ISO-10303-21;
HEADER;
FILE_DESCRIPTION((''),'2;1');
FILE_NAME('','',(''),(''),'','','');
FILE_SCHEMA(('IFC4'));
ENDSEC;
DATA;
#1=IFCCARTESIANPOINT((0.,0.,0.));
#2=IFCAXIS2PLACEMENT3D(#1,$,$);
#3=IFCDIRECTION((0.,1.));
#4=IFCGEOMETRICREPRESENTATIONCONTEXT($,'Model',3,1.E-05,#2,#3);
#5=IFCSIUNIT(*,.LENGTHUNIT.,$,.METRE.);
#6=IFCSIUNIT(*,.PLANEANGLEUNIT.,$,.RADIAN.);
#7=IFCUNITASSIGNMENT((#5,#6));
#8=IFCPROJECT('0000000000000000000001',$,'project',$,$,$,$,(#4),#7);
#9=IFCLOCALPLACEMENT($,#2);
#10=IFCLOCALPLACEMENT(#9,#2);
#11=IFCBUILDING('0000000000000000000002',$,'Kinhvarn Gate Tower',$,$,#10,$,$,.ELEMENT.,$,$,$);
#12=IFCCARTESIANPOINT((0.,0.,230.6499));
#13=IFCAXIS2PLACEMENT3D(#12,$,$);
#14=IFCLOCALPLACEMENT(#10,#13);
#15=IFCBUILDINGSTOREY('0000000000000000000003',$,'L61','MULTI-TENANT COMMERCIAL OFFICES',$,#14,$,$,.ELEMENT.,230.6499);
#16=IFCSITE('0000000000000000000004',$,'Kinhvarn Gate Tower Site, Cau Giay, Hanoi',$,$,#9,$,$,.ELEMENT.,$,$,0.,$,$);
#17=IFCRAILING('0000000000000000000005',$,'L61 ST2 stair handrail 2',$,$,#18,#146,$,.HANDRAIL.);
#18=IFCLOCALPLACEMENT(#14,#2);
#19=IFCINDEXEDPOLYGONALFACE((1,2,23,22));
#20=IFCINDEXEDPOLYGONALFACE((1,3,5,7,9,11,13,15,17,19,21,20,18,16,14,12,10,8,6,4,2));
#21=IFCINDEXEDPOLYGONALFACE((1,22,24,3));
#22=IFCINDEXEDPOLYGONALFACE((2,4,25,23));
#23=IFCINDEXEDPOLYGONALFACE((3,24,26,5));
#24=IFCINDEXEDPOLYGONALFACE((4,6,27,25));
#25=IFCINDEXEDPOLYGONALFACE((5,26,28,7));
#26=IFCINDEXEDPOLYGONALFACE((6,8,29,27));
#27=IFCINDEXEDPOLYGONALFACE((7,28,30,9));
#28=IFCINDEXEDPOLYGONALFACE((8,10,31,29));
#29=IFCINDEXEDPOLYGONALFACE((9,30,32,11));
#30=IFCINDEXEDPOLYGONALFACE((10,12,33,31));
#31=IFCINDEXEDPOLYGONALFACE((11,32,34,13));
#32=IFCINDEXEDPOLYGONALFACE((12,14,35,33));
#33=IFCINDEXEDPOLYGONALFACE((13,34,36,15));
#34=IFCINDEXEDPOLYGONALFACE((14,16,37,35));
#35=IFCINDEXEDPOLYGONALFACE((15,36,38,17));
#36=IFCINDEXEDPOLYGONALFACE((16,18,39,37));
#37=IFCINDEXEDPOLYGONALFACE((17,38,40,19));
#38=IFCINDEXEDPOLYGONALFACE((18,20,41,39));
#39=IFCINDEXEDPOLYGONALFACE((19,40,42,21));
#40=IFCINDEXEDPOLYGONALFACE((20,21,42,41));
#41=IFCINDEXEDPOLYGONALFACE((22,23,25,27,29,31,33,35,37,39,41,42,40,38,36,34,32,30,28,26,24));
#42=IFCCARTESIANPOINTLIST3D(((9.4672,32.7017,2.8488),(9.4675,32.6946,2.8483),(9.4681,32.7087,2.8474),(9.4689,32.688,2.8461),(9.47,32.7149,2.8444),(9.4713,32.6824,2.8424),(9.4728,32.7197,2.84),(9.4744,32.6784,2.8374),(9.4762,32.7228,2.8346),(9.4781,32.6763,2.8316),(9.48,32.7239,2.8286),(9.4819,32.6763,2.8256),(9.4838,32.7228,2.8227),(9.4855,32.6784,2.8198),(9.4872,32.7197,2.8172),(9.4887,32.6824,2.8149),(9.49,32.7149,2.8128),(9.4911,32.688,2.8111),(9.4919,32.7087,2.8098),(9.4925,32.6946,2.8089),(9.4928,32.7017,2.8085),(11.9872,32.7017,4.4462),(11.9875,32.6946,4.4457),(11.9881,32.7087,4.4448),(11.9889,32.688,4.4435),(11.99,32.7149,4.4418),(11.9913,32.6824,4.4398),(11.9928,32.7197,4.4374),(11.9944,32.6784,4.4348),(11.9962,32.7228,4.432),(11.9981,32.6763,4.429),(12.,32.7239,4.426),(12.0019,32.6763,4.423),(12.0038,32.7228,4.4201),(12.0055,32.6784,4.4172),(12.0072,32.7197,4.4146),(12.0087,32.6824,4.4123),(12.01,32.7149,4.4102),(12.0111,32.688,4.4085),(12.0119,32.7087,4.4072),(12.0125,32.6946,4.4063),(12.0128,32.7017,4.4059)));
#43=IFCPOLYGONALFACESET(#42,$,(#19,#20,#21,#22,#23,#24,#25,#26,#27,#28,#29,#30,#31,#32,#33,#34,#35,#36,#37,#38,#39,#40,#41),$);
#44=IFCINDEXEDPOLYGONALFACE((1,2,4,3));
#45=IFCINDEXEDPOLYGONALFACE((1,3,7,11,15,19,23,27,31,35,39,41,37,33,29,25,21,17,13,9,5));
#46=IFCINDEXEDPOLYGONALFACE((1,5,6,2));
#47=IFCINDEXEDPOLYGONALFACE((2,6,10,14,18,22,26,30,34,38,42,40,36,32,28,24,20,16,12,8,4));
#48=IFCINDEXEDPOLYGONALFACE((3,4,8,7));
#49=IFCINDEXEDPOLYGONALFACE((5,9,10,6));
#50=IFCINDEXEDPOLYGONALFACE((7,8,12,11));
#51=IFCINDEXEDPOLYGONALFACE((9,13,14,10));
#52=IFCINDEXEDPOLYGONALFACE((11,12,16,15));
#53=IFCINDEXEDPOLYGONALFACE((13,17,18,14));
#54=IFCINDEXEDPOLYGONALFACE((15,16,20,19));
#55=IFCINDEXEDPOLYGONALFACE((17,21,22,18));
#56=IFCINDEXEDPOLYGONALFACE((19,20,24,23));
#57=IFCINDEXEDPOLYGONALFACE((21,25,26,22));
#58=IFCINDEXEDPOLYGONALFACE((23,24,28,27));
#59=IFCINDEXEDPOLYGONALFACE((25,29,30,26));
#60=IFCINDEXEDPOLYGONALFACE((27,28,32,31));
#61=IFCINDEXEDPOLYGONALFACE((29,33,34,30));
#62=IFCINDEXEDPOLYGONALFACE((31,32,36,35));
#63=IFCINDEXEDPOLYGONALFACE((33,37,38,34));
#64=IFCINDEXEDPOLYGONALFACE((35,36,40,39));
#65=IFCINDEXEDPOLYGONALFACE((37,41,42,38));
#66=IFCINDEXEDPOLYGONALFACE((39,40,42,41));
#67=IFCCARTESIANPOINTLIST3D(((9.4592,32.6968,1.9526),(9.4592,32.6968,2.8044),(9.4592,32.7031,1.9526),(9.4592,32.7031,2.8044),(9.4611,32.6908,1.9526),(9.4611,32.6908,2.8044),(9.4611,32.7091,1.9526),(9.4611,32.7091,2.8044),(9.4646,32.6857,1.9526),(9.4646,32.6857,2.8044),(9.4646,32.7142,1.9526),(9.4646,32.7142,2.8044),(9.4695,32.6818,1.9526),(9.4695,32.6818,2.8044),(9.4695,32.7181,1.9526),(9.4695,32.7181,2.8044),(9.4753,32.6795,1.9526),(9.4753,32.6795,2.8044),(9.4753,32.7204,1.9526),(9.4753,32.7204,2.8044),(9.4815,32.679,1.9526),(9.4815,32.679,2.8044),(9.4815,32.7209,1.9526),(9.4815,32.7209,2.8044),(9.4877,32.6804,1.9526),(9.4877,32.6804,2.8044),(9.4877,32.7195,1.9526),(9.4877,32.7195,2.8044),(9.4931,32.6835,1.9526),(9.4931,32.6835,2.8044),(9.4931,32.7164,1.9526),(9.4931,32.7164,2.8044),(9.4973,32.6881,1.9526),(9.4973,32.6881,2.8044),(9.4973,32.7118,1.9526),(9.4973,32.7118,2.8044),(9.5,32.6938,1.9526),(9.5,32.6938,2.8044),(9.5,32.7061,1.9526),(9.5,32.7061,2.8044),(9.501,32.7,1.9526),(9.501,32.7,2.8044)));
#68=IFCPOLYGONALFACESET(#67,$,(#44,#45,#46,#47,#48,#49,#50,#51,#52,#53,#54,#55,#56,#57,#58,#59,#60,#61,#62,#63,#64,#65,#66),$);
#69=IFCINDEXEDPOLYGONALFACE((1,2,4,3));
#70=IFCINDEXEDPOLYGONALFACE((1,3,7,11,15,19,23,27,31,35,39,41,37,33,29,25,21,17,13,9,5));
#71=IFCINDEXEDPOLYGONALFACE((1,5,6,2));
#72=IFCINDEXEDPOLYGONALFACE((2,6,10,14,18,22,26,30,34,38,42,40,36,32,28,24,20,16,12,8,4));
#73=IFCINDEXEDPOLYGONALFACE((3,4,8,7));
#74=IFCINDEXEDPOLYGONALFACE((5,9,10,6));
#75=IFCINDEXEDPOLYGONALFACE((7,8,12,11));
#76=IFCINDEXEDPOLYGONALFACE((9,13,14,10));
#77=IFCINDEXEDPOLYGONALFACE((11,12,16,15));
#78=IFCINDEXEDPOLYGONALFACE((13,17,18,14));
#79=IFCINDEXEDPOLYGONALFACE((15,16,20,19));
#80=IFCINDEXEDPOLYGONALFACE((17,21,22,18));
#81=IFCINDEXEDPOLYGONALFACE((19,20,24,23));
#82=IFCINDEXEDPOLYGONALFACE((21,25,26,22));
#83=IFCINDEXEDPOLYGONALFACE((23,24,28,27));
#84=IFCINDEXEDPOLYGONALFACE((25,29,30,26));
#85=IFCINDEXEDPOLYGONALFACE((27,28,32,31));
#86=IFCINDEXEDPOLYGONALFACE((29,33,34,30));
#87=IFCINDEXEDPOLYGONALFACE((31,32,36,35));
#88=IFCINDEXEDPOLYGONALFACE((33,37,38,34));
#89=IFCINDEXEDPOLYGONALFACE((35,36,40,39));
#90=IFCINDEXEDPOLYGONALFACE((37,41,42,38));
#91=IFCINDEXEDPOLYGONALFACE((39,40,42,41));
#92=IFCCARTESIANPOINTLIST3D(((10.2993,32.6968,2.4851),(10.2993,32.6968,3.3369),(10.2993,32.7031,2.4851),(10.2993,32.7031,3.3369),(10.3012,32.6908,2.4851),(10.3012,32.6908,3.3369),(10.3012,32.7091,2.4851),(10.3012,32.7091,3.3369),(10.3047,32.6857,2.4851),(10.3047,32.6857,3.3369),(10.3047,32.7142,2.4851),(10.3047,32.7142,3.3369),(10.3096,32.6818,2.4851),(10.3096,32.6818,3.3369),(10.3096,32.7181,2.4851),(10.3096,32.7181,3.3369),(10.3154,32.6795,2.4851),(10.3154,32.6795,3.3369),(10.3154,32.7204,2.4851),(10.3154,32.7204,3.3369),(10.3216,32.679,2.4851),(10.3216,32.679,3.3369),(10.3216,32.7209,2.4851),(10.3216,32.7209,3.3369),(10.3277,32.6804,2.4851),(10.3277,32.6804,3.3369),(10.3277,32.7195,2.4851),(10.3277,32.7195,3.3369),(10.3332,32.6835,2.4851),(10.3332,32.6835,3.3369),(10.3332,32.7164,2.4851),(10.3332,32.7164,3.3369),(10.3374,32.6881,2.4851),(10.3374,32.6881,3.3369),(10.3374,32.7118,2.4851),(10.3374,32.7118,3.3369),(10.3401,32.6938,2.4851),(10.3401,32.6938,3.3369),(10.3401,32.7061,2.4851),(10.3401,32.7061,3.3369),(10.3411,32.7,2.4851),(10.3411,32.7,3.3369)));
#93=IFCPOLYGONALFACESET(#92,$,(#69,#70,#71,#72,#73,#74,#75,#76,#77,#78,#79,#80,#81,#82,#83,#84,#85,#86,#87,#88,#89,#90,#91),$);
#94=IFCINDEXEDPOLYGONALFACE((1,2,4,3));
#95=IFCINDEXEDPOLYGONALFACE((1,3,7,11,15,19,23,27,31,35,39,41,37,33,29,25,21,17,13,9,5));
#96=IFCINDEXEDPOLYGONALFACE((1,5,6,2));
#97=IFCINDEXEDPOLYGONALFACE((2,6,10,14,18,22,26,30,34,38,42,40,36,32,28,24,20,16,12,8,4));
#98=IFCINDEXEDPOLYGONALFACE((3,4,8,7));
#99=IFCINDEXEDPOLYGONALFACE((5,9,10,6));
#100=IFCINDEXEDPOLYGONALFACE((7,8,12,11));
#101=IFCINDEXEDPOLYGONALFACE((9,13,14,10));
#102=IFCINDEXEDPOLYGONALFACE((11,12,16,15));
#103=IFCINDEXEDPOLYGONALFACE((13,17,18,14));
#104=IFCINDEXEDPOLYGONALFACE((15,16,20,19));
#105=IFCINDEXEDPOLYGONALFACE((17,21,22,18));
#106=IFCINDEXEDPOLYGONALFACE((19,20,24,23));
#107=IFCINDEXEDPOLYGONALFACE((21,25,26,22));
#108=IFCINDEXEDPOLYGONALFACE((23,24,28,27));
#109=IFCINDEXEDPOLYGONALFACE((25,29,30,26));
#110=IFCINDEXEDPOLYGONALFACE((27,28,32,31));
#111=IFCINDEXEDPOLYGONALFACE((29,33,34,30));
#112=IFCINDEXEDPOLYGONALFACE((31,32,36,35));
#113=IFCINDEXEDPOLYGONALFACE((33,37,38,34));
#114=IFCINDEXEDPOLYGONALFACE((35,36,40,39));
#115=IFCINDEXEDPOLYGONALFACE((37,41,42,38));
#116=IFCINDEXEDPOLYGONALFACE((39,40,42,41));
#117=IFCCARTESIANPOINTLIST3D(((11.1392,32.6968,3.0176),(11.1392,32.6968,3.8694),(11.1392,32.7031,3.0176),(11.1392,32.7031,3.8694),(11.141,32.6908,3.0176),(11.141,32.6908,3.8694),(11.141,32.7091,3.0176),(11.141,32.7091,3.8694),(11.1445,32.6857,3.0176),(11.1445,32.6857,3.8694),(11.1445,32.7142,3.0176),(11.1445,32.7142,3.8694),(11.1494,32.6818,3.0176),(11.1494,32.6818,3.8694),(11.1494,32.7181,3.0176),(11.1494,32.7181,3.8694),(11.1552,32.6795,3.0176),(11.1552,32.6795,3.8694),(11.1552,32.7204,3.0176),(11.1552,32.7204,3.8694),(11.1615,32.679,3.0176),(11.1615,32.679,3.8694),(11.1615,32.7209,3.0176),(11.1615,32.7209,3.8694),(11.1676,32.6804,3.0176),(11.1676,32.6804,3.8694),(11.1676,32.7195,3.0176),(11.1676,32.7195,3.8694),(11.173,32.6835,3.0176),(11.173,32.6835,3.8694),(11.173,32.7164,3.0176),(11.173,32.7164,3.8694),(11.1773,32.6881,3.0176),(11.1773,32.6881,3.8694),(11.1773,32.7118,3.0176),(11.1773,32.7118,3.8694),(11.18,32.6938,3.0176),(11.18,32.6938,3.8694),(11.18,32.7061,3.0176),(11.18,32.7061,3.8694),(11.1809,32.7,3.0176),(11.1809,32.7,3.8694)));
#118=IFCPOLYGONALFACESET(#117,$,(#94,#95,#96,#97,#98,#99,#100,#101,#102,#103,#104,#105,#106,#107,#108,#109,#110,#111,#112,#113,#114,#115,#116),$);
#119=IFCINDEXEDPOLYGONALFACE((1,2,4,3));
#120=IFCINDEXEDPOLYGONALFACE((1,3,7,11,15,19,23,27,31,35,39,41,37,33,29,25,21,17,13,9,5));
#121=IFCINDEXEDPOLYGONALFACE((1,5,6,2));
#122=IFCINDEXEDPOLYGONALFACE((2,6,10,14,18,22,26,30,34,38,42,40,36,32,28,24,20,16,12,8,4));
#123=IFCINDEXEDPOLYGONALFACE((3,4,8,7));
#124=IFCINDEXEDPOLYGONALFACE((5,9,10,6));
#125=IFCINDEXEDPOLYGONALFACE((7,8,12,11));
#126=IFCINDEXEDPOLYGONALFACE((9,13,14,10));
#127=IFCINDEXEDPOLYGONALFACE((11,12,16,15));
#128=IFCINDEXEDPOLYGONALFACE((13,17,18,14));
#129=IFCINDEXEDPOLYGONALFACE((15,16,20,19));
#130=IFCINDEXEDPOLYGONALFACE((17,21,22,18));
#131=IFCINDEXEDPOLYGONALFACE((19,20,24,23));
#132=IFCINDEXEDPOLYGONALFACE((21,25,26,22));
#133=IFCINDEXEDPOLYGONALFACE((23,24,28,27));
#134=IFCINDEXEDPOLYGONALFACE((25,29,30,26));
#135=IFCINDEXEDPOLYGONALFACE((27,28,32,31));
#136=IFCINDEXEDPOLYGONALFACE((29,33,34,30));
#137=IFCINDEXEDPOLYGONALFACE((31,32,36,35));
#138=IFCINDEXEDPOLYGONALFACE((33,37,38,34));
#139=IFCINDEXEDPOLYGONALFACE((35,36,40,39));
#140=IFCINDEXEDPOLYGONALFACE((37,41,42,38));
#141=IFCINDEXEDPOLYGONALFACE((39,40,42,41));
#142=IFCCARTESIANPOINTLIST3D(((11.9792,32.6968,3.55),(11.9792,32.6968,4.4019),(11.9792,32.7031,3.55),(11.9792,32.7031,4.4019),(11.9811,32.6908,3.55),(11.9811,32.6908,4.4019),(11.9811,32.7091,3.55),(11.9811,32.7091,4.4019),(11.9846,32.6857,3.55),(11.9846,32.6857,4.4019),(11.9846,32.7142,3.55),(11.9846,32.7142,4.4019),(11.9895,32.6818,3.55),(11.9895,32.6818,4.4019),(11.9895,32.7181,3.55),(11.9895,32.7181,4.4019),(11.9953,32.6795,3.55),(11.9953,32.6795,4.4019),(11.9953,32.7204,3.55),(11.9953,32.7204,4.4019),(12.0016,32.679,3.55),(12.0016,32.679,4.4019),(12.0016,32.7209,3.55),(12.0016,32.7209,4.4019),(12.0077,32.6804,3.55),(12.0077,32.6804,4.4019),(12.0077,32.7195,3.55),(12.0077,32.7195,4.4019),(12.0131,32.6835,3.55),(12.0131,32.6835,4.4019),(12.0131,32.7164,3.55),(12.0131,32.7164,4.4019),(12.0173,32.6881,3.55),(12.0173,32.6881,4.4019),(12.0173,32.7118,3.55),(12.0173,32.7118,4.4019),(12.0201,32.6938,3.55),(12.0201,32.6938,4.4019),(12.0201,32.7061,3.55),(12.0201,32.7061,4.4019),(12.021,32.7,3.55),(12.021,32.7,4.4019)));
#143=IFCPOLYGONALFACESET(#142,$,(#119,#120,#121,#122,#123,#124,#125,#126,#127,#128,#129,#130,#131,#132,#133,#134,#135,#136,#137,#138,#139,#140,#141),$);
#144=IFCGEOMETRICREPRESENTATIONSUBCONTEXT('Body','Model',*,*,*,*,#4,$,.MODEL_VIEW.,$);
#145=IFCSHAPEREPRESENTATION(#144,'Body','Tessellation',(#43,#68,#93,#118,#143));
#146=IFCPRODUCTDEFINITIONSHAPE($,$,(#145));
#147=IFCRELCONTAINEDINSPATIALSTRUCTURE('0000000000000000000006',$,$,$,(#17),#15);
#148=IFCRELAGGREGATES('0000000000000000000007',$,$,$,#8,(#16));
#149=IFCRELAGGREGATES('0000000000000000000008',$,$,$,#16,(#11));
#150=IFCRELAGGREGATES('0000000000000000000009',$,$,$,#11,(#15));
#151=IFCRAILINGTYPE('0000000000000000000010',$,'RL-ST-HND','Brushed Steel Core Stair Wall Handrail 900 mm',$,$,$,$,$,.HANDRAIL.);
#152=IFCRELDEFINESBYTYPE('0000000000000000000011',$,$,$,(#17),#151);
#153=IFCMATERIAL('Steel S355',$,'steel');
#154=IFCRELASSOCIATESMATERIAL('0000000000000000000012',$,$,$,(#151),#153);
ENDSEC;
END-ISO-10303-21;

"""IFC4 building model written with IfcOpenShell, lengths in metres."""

from ifc_helpers import new_model, si_unit, direction, frame, origin, origin_2d, place, context, subcontext, project, spatial, circle, extrude, material, type_object, element, save


model = new_model("IFC4")

# Units and contexts
model_context = context("Model", 3, precision=1e-05, world=origin(), true_north=direction((0.0, 1.0)))
body_context = subcontext(model_context, "Body", "Model", "MODEL_VIEW")
ifc_project = project(units=[si_unit("LENGTHUNIT", "METRE"), si_unit("PLANEANGLEUNIT", "RADIAN")], contexts=[model_context])

# Site, building, storey
site_placement = place(None, origin())
site = spatial("IfcSite", under=ifc_project, at=site_placement, Name="Kinhvarn Gate Tower Site, Cau Giay, Hanoi", CompositionType="ELEMENT", RefElevation=0.0)
building_placement = place(site_placement, origin())
building = spatial("IfcBuilding", under=site, at=building_placement, Name="Kinhvarn Gate Tower", CompositionType="ELEMENT")
storey_placement = place(building_placement, frame((0.0, 0.0, 230.6499)))
storey = spatial("IfcBuildingStorey", under=building, at=storey_placement, Name="L61", Description="MULTI-TENANT COMMERCIAL OFFICES", CompositionType="ELEMENT", Elevation=230.6499)

# Railing
ifc_material_1 = material(Name="Steel S355", Category="steel")
railing_type_1 = type_object("IfcRailingType", Name="RL-ST-HND", Description="Brushed Steel Core Stair Wall Handrail 900 mm", PredefinedType="HANDRAIL", material=ifc_material_1)
railing_1_placement = place(storey_placement, frame((9.48, 32.7, 1.9526)))
element("IfcRailing", 1, at=railing_1_placement, inside=storey, type_object=railing_type_1, Name="L61 ST2 stair handrail 2", PredefinedType="HANDRAIL", context=body_context, shape_type="SweptSolid", body=[
    extrude(circle(Radius=0.0239, at=origin_2d()), frame((0.0, 0.0, 0.876), z_axis=(0.844607, 0.0, 0.535387), x_axis=(0.0, 1.0, 0.0)), (0.0, 0.0, 1.0), 2.9836),
    extrude(circle(Radius=0.021, at=origin_2d()), origin(), (0.0, 0.0, 1.0), 0.8518),
    extrude(circle(Radius=0.021, at=origin_2d()), frame((0.8401, 0.0, 0.5325)), (0.0, 0.0, 1.0), 0.8518),
    extrude(circle(Radius=0.021, at=origin_2d()), frame((1.6799, 0.0, 1.0649)), (0.0, 0.0, 1.0), 0.8518),
    extrude(circle(Radius=0.021, at=origin_2d()), frame((2.52, 0.0, 1.5974)), (0.0, 0.0, 1.0), 0.8518),
])

save(model, "model.ifc")
